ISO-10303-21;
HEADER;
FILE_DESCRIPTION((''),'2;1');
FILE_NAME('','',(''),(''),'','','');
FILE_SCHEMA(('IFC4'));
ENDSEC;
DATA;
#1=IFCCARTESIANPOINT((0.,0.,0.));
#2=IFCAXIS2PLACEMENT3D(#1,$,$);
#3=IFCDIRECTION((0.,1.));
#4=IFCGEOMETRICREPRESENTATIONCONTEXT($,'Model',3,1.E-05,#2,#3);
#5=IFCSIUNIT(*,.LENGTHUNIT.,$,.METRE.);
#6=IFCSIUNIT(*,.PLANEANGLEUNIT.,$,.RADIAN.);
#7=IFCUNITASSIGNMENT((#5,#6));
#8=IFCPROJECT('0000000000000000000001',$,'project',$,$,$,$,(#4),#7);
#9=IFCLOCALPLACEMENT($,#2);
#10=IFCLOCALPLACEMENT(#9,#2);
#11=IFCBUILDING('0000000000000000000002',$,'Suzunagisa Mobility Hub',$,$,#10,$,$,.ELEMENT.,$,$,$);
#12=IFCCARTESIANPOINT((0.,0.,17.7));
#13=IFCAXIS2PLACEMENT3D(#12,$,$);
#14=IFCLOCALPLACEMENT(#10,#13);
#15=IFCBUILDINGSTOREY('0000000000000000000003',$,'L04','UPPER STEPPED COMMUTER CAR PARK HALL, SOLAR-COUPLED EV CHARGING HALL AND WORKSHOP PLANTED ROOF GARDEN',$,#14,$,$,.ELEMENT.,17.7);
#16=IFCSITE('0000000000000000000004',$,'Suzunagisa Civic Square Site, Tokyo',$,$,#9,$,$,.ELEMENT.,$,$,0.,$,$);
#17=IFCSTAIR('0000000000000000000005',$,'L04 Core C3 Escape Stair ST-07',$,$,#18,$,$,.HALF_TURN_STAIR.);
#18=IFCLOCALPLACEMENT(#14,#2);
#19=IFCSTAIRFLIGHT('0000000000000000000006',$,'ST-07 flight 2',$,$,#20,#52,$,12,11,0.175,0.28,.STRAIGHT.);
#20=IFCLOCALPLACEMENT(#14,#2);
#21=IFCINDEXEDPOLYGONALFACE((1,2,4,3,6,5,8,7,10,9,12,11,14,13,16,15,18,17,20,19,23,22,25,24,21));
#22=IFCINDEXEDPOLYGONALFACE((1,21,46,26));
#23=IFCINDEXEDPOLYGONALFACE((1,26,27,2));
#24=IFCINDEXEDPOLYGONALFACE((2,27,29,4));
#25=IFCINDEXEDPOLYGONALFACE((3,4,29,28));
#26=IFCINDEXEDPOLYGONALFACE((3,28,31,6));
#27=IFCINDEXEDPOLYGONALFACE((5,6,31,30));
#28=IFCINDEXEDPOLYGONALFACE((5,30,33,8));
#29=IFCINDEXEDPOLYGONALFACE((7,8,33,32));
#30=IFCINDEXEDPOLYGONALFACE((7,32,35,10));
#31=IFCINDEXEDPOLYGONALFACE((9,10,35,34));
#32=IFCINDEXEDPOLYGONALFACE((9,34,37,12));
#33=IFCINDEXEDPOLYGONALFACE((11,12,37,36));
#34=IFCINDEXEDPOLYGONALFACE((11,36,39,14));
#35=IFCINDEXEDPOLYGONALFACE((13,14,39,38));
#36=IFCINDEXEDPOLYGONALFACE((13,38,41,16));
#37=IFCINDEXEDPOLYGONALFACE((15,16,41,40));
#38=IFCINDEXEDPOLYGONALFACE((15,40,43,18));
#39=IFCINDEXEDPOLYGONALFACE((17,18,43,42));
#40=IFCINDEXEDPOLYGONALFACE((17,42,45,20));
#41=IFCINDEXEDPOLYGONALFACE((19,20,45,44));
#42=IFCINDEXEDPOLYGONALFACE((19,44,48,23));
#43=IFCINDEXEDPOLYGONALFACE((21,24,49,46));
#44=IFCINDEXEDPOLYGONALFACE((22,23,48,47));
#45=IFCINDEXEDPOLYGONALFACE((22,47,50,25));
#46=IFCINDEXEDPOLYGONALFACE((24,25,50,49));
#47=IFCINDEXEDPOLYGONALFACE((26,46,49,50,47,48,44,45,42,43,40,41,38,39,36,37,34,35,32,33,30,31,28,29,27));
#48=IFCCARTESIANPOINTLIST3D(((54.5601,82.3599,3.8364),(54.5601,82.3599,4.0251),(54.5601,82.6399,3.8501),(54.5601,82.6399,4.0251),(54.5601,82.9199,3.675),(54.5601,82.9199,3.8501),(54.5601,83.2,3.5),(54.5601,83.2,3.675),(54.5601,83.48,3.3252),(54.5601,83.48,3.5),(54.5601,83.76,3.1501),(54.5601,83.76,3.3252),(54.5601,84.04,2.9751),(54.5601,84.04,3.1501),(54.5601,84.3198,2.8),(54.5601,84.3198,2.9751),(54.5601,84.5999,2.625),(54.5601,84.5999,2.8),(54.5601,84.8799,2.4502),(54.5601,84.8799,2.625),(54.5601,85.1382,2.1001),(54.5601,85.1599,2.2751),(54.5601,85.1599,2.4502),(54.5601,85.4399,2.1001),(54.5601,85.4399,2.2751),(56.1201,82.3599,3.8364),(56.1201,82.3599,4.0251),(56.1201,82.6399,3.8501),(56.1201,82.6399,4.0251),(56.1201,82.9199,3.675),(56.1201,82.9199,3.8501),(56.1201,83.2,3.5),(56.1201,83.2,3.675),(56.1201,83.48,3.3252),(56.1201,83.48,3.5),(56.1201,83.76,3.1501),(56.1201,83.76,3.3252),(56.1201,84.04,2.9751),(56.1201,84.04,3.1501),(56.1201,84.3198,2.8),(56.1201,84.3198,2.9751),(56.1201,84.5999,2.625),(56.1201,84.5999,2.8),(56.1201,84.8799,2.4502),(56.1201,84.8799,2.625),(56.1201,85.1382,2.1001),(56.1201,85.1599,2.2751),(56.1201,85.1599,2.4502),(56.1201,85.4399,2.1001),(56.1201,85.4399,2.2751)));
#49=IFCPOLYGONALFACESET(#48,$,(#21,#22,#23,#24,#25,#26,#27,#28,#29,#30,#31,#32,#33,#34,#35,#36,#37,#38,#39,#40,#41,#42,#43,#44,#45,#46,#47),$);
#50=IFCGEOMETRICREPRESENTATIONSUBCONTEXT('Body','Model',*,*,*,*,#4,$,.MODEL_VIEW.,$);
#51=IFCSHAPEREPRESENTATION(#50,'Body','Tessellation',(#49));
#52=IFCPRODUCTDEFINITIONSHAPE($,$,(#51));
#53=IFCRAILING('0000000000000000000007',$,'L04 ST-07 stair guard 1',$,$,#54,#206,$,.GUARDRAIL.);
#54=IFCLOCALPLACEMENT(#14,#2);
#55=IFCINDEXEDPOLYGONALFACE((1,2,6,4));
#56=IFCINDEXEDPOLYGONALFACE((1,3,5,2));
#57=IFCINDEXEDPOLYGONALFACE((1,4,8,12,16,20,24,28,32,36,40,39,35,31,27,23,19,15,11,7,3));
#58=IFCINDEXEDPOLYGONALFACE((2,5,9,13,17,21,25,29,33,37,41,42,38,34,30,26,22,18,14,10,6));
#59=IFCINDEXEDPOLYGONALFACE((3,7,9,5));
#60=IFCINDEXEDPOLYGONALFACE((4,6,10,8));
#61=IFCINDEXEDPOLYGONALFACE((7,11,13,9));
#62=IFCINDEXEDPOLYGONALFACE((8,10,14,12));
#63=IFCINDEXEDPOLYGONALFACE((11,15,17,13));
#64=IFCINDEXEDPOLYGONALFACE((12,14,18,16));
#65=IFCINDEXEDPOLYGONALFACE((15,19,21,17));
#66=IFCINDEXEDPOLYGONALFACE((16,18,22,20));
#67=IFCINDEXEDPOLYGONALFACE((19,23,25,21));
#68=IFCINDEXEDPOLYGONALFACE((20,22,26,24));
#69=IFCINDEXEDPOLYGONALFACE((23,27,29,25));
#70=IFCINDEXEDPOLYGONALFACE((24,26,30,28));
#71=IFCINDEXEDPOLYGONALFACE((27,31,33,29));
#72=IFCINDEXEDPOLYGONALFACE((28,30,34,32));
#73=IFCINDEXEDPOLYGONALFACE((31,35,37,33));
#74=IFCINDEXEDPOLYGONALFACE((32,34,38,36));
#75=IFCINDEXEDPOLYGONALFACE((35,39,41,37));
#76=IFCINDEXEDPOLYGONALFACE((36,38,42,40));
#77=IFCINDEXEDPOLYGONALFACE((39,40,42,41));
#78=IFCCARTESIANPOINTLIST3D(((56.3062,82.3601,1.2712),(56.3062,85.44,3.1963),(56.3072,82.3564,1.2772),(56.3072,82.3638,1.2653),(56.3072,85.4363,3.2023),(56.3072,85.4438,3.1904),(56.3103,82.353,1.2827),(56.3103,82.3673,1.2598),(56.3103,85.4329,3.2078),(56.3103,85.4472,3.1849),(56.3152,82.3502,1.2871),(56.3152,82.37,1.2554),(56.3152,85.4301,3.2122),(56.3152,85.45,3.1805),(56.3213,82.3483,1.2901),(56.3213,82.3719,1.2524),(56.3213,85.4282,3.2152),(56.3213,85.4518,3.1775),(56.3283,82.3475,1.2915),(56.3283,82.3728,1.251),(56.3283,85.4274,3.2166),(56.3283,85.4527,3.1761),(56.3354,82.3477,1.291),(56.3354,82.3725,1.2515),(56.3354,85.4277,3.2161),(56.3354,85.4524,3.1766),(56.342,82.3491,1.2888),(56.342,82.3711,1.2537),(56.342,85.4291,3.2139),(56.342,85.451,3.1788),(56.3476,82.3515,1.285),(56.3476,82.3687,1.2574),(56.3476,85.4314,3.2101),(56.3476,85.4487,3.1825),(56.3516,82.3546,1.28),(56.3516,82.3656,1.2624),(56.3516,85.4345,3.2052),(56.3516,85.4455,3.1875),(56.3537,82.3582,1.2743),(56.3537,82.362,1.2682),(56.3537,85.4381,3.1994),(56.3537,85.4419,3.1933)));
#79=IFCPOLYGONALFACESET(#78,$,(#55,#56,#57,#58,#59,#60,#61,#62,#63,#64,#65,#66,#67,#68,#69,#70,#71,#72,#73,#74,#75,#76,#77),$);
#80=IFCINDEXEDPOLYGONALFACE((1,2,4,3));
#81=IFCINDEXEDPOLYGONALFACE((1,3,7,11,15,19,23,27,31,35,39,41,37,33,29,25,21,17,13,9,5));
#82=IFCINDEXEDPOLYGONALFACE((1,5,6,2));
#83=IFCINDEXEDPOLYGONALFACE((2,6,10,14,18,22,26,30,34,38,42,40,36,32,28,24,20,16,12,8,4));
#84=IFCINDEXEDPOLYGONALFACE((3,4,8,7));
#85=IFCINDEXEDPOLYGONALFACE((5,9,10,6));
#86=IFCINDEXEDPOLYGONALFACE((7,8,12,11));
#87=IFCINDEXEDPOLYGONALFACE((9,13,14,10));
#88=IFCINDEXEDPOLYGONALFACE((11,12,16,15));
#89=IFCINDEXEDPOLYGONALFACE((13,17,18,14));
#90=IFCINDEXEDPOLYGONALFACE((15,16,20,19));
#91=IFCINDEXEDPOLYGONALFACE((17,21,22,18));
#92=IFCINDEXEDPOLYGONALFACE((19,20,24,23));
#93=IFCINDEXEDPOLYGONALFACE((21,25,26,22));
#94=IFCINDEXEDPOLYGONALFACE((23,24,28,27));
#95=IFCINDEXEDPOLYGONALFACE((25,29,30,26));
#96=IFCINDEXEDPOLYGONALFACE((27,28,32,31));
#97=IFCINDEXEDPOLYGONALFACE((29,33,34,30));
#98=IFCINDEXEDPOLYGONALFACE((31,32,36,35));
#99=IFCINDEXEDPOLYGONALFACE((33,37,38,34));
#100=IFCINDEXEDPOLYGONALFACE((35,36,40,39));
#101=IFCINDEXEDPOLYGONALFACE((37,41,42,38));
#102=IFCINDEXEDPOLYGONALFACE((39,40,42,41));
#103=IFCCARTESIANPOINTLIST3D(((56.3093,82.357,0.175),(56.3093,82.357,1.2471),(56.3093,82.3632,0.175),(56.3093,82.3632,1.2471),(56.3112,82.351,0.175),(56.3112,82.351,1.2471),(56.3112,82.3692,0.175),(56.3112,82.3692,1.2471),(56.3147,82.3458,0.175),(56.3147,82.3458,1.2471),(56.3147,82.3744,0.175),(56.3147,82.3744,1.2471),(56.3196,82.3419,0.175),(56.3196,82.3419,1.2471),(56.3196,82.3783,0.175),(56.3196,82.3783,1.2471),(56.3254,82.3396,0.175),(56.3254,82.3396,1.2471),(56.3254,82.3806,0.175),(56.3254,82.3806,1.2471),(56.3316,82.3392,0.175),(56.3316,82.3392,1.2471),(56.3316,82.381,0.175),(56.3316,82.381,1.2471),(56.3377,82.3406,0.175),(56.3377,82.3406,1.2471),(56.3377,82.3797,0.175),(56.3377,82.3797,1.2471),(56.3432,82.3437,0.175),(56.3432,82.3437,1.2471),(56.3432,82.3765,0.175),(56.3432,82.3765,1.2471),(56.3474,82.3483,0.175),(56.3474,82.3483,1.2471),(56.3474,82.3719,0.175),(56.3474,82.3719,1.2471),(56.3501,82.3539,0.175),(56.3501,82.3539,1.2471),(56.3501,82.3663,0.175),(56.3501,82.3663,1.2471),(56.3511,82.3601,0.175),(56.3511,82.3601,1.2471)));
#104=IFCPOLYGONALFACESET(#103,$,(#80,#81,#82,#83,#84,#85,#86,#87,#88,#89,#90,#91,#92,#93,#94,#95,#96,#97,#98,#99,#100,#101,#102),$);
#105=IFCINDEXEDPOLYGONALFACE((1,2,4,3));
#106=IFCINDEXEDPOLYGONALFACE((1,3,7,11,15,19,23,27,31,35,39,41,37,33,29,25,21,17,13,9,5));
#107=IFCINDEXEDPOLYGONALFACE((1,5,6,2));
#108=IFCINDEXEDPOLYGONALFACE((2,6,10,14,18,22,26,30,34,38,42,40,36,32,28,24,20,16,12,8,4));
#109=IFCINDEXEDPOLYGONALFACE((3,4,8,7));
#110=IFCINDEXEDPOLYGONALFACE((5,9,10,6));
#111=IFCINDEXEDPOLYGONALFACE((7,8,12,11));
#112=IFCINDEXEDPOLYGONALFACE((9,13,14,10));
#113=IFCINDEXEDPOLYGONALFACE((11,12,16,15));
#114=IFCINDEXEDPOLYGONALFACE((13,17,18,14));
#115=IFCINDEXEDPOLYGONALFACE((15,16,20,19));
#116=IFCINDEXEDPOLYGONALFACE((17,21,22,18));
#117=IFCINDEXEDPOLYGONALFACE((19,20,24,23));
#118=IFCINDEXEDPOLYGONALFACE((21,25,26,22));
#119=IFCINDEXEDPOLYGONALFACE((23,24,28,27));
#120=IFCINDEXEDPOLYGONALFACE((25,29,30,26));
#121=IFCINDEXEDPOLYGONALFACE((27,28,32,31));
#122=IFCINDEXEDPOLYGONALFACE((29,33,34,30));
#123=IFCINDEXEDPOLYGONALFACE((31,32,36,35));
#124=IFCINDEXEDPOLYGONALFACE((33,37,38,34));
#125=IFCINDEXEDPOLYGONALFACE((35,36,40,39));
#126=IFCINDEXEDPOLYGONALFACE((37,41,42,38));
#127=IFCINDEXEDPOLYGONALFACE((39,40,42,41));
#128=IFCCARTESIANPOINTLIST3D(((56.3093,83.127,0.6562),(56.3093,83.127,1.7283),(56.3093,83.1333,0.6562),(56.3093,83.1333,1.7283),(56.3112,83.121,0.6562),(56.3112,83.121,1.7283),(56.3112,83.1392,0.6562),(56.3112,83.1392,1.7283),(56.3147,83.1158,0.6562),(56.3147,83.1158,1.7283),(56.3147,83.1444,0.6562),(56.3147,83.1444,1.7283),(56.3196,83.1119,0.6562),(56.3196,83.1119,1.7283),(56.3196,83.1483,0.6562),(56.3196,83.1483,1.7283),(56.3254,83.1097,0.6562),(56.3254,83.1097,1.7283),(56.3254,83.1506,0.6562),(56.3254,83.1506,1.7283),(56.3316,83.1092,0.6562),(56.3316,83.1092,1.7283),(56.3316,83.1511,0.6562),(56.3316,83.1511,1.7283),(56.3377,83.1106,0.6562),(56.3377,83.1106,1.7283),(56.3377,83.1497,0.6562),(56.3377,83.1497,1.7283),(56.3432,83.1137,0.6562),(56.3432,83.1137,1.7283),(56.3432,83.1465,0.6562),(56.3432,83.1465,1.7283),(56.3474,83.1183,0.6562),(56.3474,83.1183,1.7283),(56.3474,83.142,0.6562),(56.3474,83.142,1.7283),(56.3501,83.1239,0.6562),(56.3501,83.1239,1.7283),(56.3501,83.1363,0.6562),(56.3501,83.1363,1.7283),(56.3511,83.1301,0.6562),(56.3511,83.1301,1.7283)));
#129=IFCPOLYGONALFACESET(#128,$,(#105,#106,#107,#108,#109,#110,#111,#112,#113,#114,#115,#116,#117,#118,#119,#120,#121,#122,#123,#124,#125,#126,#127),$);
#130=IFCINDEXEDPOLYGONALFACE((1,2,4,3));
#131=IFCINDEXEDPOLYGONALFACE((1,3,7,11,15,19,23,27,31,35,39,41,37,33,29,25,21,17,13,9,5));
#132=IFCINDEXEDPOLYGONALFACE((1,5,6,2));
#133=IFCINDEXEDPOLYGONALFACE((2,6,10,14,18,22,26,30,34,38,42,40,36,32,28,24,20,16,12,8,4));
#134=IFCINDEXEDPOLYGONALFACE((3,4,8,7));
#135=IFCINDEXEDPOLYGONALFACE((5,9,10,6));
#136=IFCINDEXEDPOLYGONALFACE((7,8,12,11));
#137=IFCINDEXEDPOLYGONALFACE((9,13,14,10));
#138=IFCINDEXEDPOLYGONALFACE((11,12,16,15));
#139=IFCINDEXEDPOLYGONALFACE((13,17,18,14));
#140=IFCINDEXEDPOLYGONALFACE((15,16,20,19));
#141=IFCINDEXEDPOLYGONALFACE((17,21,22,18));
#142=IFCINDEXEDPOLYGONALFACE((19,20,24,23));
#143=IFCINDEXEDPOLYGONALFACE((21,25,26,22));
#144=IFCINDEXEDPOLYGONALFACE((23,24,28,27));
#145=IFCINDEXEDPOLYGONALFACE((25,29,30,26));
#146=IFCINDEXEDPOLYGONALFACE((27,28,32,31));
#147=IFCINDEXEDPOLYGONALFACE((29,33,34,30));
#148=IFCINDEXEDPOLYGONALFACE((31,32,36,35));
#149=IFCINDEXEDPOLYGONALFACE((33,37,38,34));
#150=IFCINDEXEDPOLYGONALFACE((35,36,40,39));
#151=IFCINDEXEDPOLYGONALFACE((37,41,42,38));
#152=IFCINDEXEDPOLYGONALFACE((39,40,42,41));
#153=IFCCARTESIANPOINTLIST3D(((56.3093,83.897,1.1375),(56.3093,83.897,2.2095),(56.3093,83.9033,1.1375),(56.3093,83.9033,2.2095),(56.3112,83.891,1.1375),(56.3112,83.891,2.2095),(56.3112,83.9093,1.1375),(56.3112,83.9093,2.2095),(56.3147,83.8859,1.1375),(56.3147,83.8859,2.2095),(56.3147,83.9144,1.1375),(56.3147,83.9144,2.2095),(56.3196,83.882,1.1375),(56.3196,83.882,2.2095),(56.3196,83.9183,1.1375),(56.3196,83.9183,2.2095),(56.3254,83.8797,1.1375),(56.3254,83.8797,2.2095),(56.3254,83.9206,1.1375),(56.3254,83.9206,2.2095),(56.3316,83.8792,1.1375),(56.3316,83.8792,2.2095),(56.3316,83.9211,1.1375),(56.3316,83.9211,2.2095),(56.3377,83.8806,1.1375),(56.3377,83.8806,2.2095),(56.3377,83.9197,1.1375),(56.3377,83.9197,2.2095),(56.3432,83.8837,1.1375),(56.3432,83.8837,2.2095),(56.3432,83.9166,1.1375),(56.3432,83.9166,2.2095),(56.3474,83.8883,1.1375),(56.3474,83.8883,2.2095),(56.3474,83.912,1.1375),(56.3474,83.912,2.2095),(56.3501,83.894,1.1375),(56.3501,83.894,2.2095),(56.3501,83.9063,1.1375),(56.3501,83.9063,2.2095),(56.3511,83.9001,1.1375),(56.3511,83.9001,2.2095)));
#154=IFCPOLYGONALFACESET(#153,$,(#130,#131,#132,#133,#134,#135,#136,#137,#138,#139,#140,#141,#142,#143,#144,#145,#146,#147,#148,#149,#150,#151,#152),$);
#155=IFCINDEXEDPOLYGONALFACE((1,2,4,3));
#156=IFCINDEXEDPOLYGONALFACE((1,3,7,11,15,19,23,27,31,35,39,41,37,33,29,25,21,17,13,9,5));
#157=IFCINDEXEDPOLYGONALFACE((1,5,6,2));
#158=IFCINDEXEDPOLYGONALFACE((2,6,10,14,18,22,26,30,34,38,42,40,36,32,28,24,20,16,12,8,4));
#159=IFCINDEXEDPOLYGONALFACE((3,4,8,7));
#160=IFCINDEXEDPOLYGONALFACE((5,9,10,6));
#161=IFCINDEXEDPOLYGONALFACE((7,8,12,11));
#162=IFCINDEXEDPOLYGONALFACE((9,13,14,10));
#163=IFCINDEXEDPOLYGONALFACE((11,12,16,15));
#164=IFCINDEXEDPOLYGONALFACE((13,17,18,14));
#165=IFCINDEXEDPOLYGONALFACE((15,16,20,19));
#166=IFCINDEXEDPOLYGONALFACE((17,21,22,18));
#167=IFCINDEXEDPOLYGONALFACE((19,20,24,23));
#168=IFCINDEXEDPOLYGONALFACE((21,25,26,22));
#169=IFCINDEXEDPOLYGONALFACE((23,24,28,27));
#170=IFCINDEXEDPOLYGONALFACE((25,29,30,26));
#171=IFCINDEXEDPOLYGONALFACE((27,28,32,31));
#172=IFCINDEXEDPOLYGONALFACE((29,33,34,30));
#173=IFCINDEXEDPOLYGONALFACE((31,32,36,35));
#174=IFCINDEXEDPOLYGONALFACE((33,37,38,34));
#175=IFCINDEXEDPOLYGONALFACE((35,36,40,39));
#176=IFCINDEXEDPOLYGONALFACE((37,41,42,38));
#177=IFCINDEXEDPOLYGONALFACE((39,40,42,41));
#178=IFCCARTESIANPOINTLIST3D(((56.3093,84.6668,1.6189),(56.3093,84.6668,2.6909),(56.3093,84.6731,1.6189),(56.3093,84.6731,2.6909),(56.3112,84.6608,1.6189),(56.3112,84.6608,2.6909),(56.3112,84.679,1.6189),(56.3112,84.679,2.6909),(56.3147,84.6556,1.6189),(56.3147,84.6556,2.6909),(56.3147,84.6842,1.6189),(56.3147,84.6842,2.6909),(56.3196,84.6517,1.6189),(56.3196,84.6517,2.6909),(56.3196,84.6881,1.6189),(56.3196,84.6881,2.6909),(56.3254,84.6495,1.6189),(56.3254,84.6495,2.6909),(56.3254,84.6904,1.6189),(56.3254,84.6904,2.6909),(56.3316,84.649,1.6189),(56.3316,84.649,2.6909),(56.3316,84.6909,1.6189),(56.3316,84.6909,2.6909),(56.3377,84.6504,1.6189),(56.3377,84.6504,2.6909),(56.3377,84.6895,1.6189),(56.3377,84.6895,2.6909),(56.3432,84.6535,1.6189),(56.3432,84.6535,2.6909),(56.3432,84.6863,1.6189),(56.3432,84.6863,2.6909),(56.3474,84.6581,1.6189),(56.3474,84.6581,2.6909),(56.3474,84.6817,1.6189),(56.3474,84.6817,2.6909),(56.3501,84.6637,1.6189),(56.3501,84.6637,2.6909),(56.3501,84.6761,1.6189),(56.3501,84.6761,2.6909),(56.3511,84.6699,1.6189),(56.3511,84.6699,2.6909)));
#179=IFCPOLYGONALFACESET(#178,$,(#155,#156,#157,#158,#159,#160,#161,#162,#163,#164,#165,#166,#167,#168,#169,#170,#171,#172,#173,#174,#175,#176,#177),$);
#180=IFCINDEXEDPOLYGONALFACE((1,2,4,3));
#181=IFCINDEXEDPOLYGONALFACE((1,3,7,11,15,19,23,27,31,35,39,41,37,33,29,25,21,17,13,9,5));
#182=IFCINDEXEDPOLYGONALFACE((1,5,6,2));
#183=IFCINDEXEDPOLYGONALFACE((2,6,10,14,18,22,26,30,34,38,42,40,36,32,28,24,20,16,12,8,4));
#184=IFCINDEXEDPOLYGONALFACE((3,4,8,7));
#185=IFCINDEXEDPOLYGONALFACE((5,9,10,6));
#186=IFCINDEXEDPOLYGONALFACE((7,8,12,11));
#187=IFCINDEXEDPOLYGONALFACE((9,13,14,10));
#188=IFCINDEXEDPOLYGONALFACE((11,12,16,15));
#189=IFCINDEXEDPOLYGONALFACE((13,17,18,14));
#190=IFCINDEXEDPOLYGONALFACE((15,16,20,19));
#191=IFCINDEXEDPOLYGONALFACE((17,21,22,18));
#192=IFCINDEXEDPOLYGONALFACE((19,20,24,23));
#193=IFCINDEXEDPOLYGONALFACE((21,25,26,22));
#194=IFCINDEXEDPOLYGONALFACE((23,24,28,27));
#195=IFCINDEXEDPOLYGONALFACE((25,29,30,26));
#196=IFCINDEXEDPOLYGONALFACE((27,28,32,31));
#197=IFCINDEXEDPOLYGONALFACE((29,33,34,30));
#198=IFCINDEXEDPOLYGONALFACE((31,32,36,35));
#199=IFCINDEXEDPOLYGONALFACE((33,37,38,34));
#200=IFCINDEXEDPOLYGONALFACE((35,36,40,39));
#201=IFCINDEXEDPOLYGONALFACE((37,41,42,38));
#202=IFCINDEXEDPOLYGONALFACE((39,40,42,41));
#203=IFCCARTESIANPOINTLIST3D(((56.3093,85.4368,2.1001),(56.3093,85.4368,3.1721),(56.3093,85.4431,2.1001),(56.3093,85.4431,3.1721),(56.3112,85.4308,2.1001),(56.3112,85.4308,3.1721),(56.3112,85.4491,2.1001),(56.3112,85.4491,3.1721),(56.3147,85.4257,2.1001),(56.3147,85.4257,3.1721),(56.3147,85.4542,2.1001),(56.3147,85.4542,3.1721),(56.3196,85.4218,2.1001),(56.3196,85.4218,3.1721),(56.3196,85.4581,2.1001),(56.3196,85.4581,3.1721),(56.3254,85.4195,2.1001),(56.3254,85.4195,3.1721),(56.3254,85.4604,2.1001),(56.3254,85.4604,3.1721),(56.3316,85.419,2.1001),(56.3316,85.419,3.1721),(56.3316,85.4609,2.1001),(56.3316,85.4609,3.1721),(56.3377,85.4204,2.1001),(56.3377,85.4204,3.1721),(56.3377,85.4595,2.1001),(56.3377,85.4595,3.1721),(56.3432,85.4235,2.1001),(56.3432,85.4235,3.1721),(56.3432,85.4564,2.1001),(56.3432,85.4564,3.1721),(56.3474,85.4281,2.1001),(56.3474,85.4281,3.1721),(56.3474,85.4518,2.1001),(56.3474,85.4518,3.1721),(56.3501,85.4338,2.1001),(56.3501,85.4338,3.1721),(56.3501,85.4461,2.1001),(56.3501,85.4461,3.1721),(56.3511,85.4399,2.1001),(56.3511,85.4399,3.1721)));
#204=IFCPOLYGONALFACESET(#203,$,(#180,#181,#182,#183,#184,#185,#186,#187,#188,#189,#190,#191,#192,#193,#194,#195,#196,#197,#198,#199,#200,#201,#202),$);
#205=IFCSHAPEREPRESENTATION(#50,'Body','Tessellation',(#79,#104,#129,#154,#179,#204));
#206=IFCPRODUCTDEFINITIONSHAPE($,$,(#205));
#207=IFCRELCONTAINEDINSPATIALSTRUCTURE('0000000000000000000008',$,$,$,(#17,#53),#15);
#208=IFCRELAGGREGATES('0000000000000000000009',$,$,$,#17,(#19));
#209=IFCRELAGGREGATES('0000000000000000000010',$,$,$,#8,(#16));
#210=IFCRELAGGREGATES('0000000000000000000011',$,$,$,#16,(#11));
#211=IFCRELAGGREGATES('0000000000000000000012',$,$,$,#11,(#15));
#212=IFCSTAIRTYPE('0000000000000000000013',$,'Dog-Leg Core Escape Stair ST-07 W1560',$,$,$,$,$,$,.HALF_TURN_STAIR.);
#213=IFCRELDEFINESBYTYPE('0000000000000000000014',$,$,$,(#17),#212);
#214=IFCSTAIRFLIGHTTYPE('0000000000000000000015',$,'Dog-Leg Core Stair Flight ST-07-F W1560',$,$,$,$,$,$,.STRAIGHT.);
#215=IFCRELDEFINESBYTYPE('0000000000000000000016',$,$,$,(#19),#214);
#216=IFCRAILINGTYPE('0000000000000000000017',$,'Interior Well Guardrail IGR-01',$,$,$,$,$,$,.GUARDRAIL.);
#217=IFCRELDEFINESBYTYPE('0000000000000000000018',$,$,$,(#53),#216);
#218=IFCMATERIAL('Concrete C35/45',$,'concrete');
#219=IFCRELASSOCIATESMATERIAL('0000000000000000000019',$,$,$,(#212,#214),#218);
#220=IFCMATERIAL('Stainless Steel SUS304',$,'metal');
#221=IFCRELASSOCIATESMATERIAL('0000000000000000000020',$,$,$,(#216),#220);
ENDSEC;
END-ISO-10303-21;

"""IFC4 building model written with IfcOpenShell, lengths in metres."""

from ifc_helpers import new_model, si_unit, direction, frame, origin, origin_2d, place, context, subcontext, project, spatial, polyline, circle, outline, extrude, material, type_object, element, aggregate, save


model = new_model("IFC4")

# Units and contexts
model_context = context("Model", 3, precision=1e-05, world=origin(), true_north=direction((0.0, 1.0)))
body_context = subcontext(model_context, "Body", "Model", "MODEL_VIEW")
ifc_project = project(units=[si_unit("LENGTHUNIT", "METRE"), si_unit("PLANEANGLEUNIT", "RADIAN")], contexts=[model_context])

# Site, building, storey
site_placement = place(None, origin())
site = spatial("IfcSite", under=ifc_project, at=site_placement, Name="Suzunagisa Civic Square Site, Tokyo", CompositionType="ELEMENT", RefElevation=0.0)
building_placement = place(site_placement, origin())
building = spatial("IfcBuilding", under=site, at=building_placement, Name="Suzunagisa Mobility Hub", CompositionType="ELEMENT")
storey_placement = place(building_placement, frame((0.0, 0.0, 17.7)))
storey = spatial("IfcBuildingStorey", under=building, at=storey_placement, Name="L04", Description="UPPER STEPPED COMMUTER CAR PARK HALL, SOLAR-COUPLED EV CHARGING HALL AND WORKSHOP PLANTED ROOF GARDEN", CompositionType="ELEMENT", Elevation=17.7)

# Shared definitions
ifc_material_1 = material(Name="Concrete C35/45", Category="concrete")

# Stair, stair flight
stair_type = type_object("IfcStairType", Name="Dog-Leg Core Escape Stair ST-07 W1560", PredefinedType="HALF_TURN_STAIR", material=ifc_material_1)
stair_placement = place(storey_placement, origin())
stair = element("IfcStair", 1, at=stair_placement, inside=storey, type_object=stair_type, Name="L04 Core C3 Escape Stair ST-07", PredefinedType="HALF_TURN_STAIR")
stair_flight_type = type_object("IfcStairFlightType", Name="Dog-Leg Core Stair Flight ST-07-F W1560", PredefinedType="STRAIGHT", material=ifc_material_1)
stair_flight_1_placement = place(storey_placement, frame((55.3401, 85.4399, 2.1001), z_axis=(0.0, 0.0, 1.0), x_axis=(0.0, -1.0, 0.0)))
stair_flight_1 = element("IfcStairFlight", 2, at=stair_flight_1_placement, type_object=stair_flight_type, Name="ST-07 flight 2", NumberOfRisers=12, NumberOfTreads=11, PredefinedType="STRAIGHT", RiserHeight=0.175, TreadLength=0.28, context=body_context, shape_type="SweptSolid", body=[
    extrude(outline(polyline([(0.0, 0.0), (0.0, 0.175), (0.28, 0.175), (0.28, 0.3501), (0.5601, 0.3501), (0.5601, 0.5249), (0.8401, 0.5249), (0.8401, 0.7), (1.1201, 0.7), (1.1201, 0.875), (1.3999, 0.875), (1.3999, 1.05), (1.6799, 1.05), (1.6799, 1.2251), (1.96, 1.2251), (1.96, 1.3999), (2.24, 1.3999), (2.24, 1.575), (2.52, 1.575), (2.52, 1.75), (2.8, 1.75), (2.8, 1.925), (3.0801, 1.925), (3.0801, 2.1001), (3.0801, 1.7363), (0.3018, 0.0), (0.0, 0.0)])), frame((0.0, 0.78, 0.0), z_axis=(0.0, -1.0, 0.0), x_axis=(1.0, 0.0, 0.0)), (0.0, 0.0, 1.0), 1.5601),
])
aggregate(stair, [stair_flight_1])

# Railing
ifc_material_2 = material(Name="Stainless Steel SUS304", Category="metal")
railing_type_1 = type_object("IfcRailingType", Name="Interior Well Guardrail IGR-01", PredefinedType="GUARDRAIL", material=ifc_material_2)
railing_1_placement = place(storey_placement, frame((56.3301, 82.3601, 0.175)))
element("IfcRailing", 3, at=railing_1_placement, inside=storey, type_object=railing_type_1, Name="L04 ST-07 stair guard 1", PredefinedType="GUARDRAIL", context=body_context, shape_type="SweptSolid", body=[
    extrude(circle(Radius=0.0239, at=origin_2d()), frame((0.0, 0.0, 1.0962), z_axis=(0.0, 0.847979, 0.530029), x_axis=(-1.0, 0.0, 0.0)), (0.0, 0.0, 1.0), 3.6321),
    extrude(circle(Radius=0.021, at=origin_2d()), origin(), (0.0, 0.0, 1.0), 1.072),
    extrude(circle(Radius=0.021, at=origin_2d()), frame((0.0, 0.77, 0.4812)), (0.0, 0.0, 1.0), 1.072),
    extrude(circle(Radius=0.021, at=origin_2d()), frame((0.0, 1.54, 0.9624)), (0.0, 0.0, 1.0), 1.072),
    extrude(circle(Radius=0.021, at=origin_2d()), frame((0.0, 2.3098, 1.4438)), (0.0, 0.0, 1.0), 1.072),
    extrude(circle(Radius=0.021, at=origin_2d()), frame((0.0, 3.0798, 1.925)), (0.0, 0.0, 1.0), 1.072),
])

save(model, "model.ifc")
